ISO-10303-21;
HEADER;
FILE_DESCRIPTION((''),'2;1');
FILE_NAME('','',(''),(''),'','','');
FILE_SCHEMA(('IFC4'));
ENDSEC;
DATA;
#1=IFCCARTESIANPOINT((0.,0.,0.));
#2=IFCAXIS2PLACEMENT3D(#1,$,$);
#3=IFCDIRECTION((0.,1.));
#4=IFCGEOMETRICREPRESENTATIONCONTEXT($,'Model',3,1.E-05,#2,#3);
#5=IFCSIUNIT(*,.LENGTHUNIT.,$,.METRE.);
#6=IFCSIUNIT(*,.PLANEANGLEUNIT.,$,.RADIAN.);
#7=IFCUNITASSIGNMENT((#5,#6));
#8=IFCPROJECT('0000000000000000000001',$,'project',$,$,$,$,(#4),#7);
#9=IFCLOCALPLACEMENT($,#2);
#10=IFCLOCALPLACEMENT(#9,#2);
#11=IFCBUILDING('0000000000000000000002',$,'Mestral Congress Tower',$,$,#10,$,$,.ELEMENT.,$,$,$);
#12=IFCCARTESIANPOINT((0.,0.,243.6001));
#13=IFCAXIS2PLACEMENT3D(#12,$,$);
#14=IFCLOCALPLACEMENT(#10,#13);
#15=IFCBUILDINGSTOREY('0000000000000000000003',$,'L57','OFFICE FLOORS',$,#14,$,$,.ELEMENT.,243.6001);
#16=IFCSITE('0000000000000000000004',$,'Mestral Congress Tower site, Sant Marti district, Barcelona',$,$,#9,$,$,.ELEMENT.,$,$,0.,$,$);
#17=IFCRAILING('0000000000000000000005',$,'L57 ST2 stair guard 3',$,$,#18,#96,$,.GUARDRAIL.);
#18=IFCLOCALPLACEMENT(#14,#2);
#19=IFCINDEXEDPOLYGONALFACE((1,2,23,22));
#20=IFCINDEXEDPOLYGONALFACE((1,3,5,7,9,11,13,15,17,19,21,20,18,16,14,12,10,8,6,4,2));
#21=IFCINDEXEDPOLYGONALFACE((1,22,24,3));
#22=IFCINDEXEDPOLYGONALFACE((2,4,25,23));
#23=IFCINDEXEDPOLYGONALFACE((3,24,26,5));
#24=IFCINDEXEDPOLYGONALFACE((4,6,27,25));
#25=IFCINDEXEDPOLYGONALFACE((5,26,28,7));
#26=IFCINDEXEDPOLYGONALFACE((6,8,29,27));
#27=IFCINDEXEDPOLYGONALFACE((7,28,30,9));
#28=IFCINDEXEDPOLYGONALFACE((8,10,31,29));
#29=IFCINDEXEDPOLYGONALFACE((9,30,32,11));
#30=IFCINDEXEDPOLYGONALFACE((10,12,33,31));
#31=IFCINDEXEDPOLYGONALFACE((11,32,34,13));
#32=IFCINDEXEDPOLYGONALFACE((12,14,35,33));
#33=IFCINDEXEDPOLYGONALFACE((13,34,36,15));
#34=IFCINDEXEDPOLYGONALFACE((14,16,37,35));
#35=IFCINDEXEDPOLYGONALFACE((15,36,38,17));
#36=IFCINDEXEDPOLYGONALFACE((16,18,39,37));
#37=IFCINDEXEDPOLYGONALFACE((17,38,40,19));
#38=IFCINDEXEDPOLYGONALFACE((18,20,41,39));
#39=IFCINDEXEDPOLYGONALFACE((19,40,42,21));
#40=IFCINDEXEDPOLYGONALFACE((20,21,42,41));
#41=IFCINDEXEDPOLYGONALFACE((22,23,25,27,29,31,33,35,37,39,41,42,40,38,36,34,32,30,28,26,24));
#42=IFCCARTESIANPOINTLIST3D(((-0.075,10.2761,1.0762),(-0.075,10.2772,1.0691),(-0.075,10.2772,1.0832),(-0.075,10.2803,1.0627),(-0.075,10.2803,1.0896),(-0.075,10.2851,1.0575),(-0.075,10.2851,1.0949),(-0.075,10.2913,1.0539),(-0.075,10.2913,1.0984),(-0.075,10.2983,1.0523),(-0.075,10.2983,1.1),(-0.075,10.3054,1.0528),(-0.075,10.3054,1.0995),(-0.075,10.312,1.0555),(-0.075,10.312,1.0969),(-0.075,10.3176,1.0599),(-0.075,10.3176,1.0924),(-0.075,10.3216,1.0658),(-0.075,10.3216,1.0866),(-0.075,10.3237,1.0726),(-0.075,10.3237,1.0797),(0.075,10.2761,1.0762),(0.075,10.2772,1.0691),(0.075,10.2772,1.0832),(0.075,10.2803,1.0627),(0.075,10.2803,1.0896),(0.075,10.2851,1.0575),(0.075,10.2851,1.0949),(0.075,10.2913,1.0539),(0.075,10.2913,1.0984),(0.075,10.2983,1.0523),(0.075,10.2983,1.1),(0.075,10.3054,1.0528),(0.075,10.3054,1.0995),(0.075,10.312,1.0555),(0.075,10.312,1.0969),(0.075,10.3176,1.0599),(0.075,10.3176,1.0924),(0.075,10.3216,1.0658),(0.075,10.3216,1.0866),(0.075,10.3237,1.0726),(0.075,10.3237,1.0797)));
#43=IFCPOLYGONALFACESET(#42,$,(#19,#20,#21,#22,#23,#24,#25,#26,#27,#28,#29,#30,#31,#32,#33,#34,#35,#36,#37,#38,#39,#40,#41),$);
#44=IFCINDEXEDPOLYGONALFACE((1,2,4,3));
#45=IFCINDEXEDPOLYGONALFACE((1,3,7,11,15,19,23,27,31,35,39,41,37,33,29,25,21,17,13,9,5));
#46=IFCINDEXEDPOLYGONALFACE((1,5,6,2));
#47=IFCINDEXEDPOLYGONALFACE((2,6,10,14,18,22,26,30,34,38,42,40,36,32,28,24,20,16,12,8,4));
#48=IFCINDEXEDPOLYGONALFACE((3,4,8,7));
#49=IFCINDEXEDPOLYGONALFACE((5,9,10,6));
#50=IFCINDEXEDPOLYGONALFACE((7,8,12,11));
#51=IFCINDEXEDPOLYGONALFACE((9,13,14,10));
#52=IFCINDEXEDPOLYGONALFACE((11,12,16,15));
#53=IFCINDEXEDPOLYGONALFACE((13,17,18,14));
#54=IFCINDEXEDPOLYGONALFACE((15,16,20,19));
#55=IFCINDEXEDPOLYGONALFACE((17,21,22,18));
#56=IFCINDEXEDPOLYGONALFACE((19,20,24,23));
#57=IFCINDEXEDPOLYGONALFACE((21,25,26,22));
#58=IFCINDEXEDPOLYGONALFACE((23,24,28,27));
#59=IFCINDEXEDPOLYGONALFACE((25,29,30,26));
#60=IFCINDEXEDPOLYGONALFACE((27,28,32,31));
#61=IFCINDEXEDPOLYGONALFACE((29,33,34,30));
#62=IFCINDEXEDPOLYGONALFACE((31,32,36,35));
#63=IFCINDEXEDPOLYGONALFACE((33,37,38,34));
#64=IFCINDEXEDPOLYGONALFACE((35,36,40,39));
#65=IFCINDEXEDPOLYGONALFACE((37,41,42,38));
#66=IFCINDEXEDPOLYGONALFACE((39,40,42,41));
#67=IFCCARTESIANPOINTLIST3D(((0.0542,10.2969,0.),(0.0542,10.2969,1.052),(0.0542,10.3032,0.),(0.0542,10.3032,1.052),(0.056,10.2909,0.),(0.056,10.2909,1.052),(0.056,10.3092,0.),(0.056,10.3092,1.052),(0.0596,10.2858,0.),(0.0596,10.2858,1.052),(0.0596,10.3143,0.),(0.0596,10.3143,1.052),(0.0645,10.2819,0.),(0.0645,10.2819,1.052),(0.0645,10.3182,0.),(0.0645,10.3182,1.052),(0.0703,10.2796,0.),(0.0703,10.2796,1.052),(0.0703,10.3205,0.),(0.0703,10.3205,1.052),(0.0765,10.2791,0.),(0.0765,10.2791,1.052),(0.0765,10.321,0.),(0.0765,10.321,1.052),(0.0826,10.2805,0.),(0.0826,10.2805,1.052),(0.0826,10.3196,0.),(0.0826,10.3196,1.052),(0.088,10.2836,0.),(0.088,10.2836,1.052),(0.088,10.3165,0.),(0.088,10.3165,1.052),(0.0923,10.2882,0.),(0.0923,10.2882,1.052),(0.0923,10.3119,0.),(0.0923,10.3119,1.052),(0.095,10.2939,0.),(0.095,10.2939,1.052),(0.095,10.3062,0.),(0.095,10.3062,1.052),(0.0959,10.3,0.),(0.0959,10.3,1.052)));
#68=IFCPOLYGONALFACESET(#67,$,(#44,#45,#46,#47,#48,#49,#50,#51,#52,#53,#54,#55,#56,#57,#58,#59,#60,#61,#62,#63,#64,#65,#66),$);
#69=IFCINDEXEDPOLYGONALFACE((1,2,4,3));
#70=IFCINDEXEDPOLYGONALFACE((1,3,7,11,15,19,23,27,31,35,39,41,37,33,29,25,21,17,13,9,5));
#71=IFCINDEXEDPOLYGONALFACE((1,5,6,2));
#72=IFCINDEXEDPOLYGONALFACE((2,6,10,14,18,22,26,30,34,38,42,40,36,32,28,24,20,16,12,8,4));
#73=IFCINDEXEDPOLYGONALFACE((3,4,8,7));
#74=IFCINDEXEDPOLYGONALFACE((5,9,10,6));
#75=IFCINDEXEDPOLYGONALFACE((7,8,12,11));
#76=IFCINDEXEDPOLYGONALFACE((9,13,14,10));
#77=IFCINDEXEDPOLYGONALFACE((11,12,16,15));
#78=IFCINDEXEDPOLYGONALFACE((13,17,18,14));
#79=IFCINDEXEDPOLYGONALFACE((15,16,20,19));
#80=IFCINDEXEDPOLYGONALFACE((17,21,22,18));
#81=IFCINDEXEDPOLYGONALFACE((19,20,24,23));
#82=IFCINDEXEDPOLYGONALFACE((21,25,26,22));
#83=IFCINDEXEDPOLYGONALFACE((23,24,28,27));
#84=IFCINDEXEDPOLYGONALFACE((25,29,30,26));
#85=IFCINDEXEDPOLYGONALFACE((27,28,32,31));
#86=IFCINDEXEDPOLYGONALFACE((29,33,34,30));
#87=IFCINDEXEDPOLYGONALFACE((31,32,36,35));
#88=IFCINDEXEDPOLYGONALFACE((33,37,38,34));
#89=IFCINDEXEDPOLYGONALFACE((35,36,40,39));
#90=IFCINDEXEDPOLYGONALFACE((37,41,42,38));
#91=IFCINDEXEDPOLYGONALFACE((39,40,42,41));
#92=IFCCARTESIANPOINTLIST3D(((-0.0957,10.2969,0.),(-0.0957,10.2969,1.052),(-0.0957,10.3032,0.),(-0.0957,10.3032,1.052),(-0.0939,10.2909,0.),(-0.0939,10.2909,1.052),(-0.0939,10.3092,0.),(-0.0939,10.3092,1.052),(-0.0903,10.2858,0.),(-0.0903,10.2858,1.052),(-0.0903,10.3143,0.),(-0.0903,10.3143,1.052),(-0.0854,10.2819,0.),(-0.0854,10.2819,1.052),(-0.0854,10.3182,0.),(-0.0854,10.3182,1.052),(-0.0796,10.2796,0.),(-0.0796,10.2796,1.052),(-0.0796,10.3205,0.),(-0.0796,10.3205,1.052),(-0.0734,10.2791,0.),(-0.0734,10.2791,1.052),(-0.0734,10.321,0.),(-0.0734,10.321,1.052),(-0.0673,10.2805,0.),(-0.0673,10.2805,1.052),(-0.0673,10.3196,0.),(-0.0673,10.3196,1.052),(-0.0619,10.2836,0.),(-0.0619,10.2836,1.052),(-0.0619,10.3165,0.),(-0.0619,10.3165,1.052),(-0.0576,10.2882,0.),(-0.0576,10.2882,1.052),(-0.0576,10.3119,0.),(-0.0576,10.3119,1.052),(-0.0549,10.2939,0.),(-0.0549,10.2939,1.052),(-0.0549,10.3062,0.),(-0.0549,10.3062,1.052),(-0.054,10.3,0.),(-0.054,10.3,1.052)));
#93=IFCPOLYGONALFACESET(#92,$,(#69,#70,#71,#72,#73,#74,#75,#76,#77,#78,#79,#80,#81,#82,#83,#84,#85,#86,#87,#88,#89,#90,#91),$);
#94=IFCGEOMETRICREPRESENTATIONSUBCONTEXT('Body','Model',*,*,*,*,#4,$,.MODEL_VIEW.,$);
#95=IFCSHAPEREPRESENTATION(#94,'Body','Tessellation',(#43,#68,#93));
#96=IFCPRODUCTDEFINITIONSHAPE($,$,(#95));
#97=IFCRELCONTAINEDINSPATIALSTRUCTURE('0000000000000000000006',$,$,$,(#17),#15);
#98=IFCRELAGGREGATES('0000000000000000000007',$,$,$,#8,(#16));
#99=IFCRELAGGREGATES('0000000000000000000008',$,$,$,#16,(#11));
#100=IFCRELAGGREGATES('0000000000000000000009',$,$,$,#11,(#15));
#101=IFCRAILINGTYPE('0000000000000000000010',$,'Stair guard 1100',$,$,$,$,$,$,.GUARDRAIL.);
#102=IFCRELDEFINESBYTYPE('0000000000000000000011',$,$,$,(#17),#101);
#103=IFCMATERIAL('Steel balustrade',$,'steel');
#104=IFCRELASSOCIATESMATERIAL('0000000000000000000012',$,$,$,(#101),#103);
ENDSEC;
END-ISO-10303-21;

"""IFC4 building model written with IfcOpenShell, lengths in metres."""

from ifc_helpers import new_model, si_unit, direction, frame, origin, origin_2d, place, context, subcontext, project, spatial, circle, extrude, material, type_object, element, save


model = new_model("IFC4")

# Units and contexts
model_context = context("Model", 3, precision=1e-05, world=origin(), true_north=direction((0.0, 1.0)))
body_context = subcontext(model_context, "Body", "Model", "MODEL_VIEW")
ifc_project = project(units=[si_unit("LENGTHUNIT", "METRE"), si_unit("PLANEANGLEUNIT", "RADIAN")], contexts=[model_context])

# Site, building, storey
site_placement = place(None, origin())
site = spatial("IfcSite", under=ifc_project, at=site_placement, Name="Mestral Congress Tower site, Sant Marti district, Barcelona", CompositionType="ELEMENT", RefElevation=0.0)
building_placement = place(site_placement, origin())
building = spatial("IfcBuilding", under=site, at=building_placement, Name="Mestral Congress Tower", CompositionType="ELEMENT")
storey_placement = place(building_placement, frame((0.0, 0.0, 243.6001)))
storey = spatial("IfcBuildingStorey", under=building, at=storey_placement, Name="L57", Description="OFFICE FLOORS", CompositionType="ELEMENT", Elevation=243.6001)

# Railing
ifc_material_1 = material(Name="Steel balustrade", Category="steel")
railing_type_1 = type_object("IfcRailingType", Name="Stair guard 1100", PredefinedType="GUARDRAIL", material=ifc_material_1)
railing_1_placement = place(storey_placement, frame((0.075, 10.3, 0.0)))
element("IfcRailing", 1, at=railing_1_placement, inside=storey, type_object=railing_type_1, Name="L57 ST2 stair guard 3", PredefinedType="GUARDRAIL", context=body_context, shape_type="SweptSolid", body=[
    extrude(circle(Radius=0.0239, at=origin_2d()), frame((0.0, 0.0, 1.0762), z_axis=(-1.0, 0.0, 0.0), x_axis=(0.0, -1.0, 0.0)), (0.0, 0.0, 1.0), 0.1499),
    extrude(circle(Radius=0.021, at=origin_2d()), origin(), (0.0, 0.0, 1.0), 1.052),
    extrude(circle(Radius=0.021, at=origin_2d()), frame((-0.1499, 0.0, 0.0)), (0.0, 0.0, 1.0), 1.052),
])

save(model, "model.ifc")
